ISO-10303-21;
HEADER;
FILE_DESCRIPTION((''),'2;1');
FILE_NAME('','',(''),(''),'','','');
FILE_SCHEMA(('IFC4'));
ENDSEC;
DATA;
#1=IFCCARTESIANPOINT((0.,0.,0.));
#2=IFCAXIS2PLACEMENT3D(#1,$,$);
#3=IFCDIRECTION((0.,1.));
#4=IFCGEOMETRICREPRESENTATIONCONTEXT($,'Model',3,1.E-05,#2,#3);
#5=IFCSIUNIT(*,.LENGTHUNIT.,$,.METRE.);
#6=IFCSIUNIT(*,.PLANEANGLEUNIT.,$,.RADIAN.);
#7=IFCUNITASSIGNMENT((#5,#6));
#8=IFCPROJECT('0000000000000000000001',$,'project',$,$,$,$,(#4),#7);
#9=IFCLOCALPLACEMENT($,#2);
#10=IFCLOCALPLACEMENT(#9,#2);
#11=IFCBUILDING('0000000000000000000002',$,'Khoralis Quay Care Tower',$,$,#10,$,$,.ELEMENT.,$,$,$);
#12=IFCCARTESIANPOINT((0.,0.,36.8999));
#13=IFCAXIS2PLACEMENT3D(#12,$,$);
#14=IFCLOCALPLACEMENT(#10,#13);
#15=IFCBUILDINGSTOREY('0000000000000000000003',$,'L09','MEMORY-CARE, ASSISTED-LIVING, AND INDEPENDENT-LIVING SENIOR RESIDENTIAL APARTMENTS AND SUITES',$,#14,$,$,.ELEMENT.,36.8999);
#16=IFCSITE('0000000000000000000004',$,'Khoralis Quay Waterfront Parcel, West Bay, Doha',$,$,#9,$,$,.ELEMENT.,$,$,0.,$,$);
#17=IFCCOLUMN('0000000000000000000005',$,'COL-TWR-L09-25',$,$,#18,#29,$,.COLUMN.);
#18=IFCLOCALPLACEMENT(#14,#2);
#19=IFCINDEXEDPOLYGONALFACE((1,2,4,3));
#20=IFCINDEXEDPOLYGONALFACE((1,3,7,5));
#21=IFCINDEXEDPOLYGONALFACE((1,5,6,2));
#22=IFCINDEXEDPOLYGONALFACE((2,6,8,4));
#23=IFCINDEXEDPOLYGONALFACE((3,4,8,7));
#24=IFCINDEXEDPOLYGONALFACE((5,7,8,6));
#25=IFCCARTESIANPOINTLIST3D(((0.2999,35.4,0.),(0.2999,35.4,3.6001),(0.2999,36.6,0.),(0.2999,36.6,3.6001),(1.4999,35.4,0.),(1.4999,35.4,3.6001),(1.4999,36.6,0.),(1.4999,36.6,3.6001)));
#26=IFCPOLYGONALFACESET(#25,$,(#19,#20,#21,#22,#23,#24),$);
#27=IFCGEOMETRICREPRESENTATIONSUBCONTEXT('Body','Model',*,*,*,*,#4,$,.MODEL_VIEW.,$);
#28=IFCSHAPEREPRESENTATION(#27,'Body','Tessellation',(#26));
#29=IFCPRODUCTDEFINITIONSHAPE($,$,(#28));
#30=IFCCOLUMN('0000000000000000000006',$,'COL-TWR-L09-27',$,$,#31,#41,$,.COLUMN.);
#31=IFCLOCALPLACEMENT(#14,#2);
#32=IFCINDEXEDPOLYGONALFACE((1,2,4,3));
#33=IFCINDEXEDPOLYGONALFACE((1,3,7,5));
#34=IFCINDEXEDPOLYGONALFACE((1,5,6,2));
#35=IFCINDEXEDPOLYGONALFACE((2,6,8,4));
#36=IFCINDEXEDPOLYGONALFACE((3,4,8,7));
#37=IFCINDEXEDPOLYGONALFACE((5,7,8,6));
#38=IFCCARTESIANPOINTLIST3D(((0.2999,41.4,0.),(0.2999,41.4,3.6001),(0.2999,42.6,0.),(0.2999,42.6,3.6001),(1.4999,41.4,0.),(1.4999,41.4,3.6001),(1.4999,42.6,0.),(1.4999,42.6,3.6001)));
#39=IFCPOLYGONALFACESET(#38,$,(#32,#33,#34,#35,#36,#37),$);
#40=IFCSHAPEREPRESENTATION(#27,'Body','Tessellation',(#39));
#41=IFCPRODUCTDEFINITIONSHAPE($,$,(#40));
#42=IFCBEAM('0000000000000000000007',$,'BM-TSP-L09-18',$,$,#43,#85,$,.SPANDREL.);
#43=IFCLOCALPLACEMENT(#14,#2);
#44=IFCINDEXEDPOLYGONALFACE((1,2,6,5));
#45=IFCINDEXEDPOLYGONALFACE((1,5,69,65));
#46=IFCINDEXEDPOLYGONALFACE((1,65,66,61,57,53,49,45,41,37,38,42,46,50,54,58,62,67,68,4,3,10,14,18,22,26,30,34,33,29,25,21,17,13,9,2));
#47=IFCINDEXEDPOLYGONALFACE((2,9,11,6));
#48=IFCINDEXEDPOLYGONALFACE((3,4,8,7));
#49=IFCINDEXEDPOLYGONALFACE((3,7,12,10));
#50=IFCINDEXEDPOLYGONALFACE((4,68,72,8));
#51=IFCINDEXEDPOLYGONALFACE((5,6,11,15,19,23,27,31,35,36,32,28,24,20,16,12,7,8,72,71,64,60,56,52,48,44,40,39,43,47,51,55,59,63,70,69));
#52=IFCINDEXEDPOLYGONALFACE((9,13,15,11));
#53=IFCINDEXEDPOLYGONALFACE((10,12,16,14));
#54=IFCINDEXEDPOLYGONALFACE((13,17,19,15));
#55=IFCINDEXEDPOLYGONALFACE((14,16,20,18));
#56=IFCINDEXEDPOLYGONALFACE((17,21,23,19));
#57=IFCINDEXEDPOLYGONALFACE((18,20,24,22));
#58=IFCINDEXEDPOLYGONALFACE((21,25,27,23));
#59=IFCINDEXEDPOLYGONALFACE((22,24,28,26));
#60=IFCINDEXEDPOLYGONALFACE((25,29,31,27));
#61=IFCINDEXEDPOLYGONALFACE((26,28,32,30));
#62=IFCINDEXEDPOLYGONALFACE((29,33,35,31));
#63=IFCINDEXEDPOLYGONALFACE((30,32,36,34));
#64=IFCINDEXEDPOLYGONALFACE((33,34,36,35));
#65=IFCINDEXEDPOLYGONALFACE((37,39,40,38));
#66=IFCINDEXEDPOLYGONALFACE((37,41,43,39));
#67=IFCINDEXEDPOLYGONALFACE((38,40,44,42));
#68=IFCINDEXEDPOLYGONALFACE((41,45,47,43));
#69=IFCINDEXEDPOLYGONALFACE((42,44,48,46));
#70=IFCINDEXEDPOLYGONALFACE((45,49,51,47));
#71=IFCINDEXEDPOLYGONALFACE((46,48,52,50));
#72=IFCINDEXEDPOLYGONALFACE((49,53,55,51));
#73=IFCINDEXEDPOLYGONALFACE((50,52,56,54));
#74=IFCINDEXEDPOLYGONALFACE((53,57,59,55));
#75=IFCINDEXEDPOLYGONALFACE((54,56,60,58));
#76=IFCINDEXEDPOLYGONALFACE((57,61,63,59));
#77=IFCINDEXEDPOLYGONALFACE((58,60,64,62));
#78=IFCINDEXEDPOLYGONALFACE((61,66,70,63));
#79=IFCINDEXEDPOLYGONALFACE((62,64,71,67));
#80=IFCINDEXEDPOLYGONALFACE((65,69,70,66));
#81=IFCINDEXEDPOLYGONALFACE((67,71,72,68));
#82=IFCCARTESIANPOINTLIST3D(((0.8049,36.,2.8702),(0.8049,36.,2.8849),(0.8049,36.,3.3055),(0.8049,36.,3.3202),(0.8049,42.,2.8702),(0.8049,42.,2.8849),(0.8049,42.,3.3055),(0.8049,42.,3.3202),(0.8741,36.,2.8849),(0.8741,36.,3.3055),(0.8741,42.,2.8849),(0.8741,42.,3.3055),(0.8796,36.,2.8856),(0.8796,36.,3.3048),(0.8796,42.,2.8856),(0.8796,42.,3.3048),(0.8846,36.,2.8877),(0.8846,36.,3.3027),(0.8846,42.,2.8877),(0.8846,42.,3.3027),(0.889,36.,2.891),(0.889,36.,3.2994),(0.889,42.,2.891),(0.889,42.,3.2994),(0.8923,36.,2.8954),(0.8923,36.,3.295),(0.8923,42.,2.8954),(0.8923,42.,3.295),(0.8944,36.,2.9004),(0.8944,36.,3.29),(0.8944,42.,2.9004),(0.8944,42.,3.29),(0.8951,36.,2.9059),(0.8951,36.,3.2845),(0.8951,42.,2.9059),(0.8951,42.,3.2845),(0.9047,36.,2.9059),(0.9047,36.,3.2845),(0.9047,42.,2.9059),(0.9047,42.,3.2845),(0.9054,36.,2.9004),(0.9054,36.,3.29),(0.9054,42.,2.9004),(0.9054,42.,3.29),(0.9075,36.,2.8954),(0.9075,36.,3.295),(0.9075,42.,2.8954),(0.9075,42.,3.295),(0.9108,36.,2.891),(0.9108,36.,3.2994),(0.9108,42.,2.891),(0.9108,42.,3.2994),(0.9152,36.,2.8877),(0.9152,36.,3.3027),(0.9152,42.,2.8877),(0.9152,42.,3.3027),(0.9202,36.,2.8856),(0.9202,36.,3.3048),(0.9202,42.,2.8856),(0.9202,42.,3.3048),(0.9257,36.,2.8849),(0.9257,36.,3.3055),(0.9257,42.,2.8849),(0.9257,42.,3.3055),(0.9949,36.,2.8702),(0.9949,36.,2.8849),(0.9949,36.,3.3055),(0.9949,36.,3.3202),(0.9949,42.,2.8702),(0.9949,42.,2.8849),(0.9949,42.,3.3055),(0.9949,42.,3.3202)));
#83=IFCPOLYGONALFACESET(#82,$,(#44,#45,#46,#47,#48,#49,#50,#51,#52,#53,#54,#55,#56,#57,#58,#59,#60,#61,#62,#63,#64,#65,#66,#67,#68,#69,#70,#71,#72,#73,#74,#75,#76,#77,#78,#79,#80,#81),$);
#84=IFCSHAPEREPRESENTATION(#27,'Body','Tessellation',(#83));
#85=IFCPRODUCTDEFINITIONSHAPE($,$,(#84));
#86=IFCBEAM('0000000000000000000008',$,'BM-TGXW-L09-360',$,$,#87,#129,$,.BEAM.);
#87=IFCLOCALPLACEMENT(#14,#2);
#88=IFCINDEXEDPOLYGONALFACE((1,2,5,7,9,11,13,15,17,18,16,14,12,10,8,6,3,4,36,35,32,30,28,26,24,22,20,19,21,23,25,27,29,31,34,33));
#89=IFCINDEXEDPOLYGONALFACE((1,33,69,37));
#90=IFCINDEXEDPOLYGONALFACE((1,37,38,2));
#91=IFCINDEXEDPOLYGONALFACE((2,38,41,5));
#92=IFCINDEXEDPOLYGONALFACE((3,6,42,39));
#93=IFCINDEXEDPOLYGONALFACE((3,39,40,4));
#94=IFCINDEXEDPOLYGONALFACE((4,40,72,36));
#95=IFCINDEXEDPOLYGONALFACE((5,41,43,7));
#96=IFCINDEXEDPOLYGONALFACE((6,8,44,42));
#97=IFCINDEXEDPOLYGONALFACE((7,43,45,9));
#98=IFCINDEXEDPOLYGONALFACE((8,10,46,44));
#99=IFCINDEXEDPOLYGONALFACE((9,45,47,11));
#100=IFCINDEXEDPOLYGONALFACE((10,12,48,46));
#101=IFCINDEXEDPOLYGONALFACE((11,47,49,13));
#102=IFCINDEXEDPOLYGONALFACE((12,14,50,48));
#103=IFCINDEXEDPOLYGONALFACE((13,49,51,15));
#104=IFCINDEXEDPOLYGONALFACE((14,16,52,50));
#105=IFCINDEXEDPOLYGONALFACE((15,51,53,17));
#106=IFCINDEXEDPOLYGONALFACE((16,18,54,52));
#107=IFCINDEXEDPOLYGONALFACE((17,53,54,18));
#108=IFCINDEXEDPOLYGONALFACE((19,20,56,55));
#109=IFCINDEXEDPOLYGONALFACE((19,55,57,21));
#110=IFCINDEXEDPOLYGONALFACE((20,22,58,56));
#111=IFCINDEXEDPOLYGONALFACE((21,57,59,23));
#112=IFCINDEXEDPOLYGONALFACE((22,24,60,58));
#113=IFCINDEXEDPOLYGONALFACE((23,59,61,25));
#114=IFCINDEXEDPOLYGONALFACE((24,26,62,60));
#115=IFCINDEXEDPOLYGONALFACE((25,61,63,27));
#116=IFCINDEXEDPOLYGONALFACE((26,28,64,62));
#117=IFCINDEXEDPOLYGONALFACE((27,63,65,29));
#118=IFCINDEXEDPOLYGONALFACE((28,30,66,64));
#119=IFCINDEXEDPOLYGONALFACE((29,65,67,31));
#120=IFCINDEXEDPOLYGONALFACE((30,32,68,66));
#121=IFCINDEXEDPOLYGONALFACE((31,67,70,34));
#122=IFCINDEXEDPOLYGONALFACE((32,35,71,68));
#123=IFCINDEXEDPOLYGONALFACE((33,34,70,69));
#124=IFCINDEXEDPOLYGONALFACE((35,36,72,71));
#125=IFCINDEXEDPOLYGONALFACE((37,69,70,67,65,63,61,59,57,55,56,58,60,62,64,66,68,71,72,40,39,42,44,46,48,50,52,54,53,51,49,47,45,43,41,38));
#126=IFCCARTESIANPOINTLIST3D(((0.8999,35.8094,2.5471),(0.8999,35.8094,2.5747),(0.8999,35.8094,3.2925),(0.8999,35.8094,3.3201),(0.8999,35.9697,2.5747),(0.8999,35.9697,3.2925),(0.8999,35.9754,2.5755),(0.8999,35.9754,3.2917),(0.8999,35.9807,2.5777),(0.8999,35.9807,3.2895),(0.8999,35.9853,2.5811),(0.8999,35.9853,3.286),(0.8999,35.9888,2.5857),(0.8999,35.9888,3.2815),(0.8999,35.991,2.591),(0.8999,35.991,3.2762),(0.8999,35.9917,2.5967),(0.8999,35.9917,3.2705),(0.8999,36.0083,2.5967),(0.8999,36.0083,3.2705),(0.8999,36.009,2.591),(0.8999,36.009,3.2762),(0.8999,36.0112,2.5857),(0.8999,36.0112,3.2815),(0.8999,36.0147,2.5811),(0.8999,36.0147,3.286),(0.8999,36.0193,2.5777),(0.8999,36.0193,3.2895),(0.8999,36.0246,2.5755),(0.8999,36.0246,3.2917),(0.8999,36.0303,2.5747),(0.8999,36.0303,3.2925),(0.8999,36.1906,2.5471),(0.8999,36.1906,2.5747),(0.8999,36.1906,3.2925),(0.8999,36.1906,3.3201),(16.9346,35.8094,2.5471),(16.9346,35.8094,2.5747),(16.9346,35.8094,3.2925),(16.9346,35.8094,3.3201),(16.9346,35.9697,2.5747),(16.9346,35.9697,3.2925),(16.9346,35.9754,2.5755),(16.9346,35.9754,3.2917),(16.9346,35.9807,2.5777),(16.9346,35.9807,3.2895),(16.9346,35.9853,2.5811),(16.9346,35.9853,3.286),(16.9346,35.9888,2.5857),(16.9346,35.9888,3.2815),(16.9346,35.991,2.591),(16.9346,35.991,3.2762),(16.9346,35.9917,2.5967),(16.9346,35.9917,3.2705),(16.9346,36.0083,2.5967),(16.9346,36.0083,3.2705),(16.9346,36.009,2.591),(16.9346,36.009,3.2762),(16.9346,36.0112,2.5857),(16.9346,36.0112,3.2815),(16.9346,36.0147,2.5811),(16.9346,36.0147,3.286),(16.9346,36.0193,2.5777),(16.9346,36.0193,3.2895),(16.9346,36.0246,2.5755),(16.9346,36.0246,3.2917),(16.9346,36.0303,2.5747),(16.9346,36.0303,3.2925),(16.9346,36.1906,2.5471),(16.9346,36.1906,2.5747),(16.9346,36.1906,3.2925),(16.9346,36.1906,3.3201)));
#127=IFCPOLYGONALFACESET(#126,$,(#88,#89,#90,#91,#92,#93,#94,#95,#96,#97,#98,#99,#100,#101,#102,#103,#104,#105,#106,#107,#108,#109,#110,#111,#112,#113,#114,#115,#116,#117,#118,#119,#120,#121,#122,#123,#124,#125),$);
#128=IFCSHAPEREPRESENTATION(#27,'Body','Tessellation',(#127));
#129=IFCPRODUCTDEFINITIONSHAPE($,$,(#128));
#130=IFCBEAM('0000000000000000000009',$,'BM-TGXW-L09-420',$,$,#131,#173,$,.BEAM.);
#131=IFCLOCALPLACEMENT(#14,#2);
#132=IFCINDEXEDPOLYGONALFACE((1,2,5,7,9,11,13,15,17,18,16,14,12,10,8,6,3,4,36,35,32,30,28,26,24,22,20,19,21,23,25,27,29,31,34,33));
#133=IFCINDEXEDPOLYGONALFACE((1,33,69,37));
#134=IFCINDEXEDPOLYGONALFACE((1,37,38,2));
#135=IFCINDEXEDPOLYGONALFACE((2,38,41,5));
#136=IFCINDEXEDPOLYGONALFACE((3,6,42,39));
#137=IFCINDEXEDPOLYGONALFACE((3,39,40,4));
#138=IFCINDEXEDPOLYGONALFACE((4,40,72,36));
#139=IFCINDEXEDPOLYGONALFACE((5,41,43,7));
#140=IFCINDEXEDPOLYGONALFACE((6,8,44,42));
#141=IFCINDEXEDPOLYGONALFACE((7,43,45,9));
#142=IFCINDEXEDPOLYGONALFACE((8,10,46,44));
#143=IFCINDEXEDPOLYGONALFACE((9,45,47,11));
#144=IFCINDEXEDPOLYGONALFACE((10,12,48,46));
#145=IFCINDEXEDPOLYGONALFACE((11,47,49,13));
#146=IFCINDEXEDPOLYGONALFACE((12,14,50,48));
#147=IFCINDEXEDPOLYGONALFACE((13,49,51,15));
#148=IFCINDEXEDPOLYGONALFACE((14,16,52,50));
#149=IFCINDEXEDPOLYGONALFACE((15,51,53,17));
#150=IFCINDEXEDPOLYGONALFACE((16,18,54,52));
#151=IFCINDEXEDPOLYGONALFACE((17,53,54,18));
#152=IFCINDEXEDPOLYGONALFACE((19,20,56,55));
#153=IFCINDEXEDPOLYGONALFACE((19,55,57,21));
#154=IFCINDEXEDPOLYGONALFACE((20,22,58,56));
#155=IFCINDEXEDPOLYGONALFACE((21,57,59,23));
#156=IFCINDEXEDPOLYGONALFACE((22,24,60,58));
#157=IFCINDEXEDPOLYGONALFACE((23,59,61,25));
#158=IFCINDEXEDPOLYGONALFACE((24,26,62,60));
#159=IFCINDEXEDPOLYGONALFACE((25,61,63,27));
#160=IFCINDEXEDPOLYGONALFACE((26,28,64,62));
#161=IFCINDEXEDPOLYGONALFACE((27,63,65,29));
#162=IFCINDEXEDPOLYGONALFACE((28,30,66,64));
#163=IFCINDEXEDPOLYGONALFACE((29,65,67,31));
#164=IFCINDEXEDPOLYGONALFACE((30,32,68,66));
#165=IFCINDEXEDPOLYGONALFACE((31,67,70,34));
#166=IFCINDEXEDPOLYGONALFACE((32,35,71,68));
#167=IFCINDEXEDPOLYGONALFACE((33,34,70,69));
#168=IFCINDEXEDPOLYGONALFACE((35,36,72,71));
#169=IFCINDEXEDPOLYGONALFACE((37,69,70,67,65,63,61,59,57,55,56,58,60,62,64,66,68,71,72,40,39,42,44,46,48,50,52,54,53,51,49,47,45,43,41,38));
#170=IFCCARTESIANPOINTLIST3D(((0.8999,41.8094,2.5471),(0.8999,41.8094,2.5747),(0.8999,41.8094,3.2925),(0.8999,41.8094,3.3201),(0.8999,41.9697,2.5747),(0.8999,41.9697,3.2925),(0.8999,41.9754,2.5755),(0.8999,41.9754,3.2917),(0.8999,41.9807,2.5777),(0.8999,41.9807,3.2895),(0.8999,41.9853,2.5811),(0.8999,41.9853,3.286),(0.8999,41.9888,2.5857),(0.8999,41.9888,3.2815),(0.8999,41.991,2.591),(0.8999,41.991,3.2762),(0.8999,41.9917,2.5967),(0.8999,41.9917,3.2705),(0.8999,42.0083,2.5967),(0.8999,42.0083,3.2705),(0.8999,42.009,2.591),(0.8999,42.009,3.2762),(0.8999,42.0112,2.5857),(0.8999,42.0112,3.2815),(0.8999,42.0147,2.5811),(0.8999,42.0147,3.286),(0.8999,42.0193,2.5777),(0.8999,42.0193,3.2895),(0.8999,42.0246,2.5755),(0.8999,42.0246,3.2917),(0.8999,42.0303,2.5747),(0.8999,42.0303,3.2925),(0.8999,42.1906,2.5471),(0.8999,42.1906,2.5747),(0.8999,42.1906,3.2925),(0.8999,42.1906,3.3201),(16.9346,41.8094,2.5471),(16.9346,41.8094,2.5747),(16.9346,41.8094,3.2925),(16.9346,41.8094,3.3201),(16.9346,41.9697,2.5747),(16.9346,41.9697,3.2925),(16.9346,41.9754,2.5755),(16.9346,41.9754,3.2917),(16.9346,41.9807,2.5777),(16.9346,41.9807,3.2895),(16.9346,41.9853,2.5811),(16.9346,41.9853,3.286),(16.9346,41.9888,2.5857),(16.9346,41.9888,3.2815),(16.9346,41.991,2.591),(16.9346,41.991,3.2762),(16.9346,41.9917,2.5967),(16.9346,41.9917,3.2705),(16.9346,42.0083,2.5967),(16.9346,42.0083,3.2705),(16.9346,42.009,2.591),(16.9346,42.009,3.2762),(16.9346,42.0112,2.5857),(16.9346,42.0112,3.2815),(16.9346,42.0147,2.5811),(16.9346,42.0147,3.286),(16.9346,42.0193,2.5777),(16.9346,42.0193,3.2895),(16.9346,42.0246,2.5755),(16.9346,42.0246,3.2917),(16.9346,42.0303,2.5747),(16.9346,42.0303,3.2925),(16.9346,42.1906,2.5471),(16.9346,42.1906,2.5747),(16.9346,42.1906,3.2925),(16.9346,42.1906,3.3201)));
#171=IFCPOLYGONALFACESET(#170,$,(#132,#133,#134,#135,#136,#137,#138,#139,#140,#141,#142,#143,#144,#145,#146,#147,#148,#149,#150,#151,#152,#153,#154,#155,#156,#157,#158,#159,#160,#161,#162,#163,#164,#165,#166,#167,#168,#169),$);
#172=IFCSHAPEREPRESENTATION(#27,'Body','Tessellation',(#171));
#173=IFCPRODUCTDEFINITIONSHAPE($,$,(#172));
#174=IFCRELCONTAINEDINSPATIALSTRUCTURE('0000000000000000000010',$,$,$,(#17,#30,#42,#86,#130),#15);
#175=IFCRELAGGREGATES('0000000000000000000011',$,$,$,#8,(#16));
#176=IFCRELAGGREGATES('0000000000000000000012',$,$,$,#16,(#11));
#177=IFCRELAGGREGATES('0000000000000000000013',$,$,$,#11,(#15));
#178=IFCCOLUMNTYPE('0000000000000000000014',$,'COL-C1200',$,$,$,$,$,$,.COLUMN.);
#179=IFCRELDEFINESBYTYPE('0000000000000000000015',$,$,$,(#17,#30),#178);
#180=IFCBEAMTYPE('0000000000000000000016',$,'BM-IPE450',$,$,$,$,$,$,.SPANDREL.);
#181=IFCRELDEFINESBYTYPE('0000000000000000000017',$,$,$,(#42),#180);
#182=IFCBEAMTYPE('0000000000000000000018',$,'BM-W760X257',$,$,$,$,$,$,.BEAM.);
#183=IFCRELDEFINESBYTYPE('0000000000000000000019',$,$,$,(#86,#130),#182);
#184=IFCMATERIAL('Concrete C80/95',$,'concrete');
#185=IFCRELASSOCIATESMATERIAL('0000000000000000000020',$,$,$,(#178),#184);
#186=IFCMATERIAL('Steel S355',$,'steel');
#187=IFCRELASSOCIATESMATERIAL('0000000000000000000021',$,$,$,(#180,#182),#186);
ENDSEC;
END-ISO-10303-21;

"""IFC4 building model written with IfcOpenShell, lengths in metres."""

from ifc_helpers import new_model, si_unit, direction, frame, origin, origin_2d, place, context, subcontext, project, spatial, rectangle, i_section, extrude, source, transform, mapped, material, material_profile, profile_set, type_object, element, save


model = new_model("IFC4")

# Units and contexts
model_context = context("Model", 3, precision=1e-05, world=origin(), true_north=direction((0.0, 1.0)))
body_context = subcontext(model_context, "Body", "Model", "MODEL_VIEW")
ifc_project = project(units=[si_unit("LENGTHUNIT", "METRE"), si_unit("PLANEANGLEUNIT", "RADIAN")], contexts=[model_context])

# Site, building, storey
site_placement = place(None, origin())
site = spatial("IfcSite", under=ifc_project, at=site_placement, Name="Khoralis Quay Waterfront Parcel, West Bay, Doha", CompositionType="ELEMENT", RefElevation=0.0)
building_placement = place(site_placement, origin())
building = spatial("IfcBuilding", under=site, at=building_placement, Name="Khoralis Quay Care Tower", CompositionType="ELEMENT")
storey_placement = place(building_placement, frame((0.0, 0.0, 36.8999)))
storey = spatial("IfcBuildingStorey", under=building, at=storey_placement, Name="L09", Description="MEMORY-CARE, ASSISTED-LIVING, AND INDEPENDENT-LIVING SENIOR RESIDENTIAL APARTMENTS AND SUITES", CompositionType="ELEMENT", Elevation=36.8999)

# Columns
ifc_material_1 = material(Name="Concrete C80/95", Category="concrete")
ifc_material_profile_1 = material_profile(ifc_material_1, rectangle(XDim=1.2, YDim=1.2, at=origin_2d()), Name="Concrete C80/95")
ifc_profile_set_1 = profile_set([ifc_material_profile_1], Name="Concrete C80/95")
column_type = type_object("IfcColumnType", Name="COL-C1200", PredefinedType="COLUMN", material=ifc_profile_set_1)
shared_shape_1 = source(origin(), body_context, "Body", "SweptSolid", [
    extrude(rectangle(XDim=1.2, YDim=1.2, at=origin_2d()), origin(), (0.0, 0.0, 1.0), 3.6001),
])
for number, where, z_axis, x_axis, name in (
    (1, (0.8999, 36.0, 0.0), (0.0, 0.0, 1.0), (1.0, 0.0, 0.0), "COL-TWR-L09-25"),
    (2, (0.8999, 42.0, 0.0), (0.0, 0.0, 1.0), (1.0, 0.0, 0.0), "COL-TWR-L09-27"),
):
    element("IfcColumn", number, at=place(storey_placement, frame(where, z_axis=z_axis, x_axis=x_axis)), inside=storey, type_object=column_type, Name=name, PredefinedType="COLUMN", context=body_context, shape_type="MappedRepresentation", body=[
        mapped(shared_shape_1, transform((0.0, 0.0, 0.0), scale=1.0)),
    ])

# Beams
ifc_material_2 = material(Name="Steel S355", Category="steel")
ifc_material_profile_2 = material_profile(ifc_material_2, i_section(OverallWidth=0.1899, OverallDepth=0.45, WebThickness=0.0095, FlangeThickness=0.0146, FilletRadius=0.021, at=origin_2d()), Name="Steel S355")
ifc_profile_set_2 = profile_set([ifc_material_profile_2], Name="Steel S355")
beam_type_1 = type_object("IfcBeamType", Name="BM-IPE450", PredefinedType="SPANDREL", material=ifc_profile_set_2)
shared_shape_2 = source(origin(), body_context, "Body", "SweptSolid", [
    extrude(i_section(OverallWidth=0.1899, OverallDepth=0.45, WebThickness=0.0095, FlangeThickness=0.0146, FilletRadius=0.021, at=origin_2d()), origin(), (0.0, 0.0, 1.0), 6.0),
])
beam_1_placement = place(storey_placement, frame((0.8999, 36.0, 3.0952), z_axis=(0.0, 1.0, 0.0), x_axis=(-1.0, 0.0, 0.0)))
element("IfcBeam", 3, at=beam_1_placement, inside=storey, type_object=beam_type_1, Name="BM-TSP-L09-18", PredefinedType="SPANDREL", context=body_context, shape_type="MappedRepresentation", body=[
    mapped(shared_shape_2, transform((0.0, 0.0, 0.0), scale=1.0)),
])
ifc_material_profile_3 = material_profile(ifc_material_2, i_section(OverallWidth=0.3811, OverallDepth=0.7729, WebThickness=0.0166, FlangeThickness=0.0276, FilletRadius=0.022, at=origin_2d()), Name="Steel S355")
ifc_profile_set_3 = profile_set([ifc_material_profile_3], Name="Steel S355")
beam_type_2 = type_object("IfcBeamType", Name="BM-W760X257", PredefinedType="BEAM", material=ifc_profile_set_3)
shared_shape_3 = source(origin(), body_context, "Body", "SweptSolid", [
    extrude(i_section(OverallWidth=0.3811, OverallDepth=0.7729, WebThickness=0.0166, FlangeThickness=0.0276, FilletRadius=0.022, at=origin_2d()), origin(), (0.0, 0.0, 1.0), 16.0347),
])
for number, where, z_axis, x_axis, name in (
    (4, (0.8999, 36.0, 2.9336), (1.0, 0.0, 0.0), (0.0, 1.0, 0.0), "BM-TGXW-L09-360"),
    (5, (0.8999, 42.0, 2.9336), (1.0, 0.0, 0.0), (0.0, 1.0, 0.0), "BM-TGXW-L09-420"),
):
    element("IfcBeam", number, at=place(storey_placement, frame(where, z_axis=z_axis, x_axis=x_axis)), inside=storey, type_object=beam_type_2, Name=name, PredefinedType="BEAM", context=body_context, shape_type="MappedRepresentation", body=[
        mapped(shared_shape_3, transform((0.0, 0.0, 0.0), scale=1.0)),
    ])

save(model, "model.ifc")
